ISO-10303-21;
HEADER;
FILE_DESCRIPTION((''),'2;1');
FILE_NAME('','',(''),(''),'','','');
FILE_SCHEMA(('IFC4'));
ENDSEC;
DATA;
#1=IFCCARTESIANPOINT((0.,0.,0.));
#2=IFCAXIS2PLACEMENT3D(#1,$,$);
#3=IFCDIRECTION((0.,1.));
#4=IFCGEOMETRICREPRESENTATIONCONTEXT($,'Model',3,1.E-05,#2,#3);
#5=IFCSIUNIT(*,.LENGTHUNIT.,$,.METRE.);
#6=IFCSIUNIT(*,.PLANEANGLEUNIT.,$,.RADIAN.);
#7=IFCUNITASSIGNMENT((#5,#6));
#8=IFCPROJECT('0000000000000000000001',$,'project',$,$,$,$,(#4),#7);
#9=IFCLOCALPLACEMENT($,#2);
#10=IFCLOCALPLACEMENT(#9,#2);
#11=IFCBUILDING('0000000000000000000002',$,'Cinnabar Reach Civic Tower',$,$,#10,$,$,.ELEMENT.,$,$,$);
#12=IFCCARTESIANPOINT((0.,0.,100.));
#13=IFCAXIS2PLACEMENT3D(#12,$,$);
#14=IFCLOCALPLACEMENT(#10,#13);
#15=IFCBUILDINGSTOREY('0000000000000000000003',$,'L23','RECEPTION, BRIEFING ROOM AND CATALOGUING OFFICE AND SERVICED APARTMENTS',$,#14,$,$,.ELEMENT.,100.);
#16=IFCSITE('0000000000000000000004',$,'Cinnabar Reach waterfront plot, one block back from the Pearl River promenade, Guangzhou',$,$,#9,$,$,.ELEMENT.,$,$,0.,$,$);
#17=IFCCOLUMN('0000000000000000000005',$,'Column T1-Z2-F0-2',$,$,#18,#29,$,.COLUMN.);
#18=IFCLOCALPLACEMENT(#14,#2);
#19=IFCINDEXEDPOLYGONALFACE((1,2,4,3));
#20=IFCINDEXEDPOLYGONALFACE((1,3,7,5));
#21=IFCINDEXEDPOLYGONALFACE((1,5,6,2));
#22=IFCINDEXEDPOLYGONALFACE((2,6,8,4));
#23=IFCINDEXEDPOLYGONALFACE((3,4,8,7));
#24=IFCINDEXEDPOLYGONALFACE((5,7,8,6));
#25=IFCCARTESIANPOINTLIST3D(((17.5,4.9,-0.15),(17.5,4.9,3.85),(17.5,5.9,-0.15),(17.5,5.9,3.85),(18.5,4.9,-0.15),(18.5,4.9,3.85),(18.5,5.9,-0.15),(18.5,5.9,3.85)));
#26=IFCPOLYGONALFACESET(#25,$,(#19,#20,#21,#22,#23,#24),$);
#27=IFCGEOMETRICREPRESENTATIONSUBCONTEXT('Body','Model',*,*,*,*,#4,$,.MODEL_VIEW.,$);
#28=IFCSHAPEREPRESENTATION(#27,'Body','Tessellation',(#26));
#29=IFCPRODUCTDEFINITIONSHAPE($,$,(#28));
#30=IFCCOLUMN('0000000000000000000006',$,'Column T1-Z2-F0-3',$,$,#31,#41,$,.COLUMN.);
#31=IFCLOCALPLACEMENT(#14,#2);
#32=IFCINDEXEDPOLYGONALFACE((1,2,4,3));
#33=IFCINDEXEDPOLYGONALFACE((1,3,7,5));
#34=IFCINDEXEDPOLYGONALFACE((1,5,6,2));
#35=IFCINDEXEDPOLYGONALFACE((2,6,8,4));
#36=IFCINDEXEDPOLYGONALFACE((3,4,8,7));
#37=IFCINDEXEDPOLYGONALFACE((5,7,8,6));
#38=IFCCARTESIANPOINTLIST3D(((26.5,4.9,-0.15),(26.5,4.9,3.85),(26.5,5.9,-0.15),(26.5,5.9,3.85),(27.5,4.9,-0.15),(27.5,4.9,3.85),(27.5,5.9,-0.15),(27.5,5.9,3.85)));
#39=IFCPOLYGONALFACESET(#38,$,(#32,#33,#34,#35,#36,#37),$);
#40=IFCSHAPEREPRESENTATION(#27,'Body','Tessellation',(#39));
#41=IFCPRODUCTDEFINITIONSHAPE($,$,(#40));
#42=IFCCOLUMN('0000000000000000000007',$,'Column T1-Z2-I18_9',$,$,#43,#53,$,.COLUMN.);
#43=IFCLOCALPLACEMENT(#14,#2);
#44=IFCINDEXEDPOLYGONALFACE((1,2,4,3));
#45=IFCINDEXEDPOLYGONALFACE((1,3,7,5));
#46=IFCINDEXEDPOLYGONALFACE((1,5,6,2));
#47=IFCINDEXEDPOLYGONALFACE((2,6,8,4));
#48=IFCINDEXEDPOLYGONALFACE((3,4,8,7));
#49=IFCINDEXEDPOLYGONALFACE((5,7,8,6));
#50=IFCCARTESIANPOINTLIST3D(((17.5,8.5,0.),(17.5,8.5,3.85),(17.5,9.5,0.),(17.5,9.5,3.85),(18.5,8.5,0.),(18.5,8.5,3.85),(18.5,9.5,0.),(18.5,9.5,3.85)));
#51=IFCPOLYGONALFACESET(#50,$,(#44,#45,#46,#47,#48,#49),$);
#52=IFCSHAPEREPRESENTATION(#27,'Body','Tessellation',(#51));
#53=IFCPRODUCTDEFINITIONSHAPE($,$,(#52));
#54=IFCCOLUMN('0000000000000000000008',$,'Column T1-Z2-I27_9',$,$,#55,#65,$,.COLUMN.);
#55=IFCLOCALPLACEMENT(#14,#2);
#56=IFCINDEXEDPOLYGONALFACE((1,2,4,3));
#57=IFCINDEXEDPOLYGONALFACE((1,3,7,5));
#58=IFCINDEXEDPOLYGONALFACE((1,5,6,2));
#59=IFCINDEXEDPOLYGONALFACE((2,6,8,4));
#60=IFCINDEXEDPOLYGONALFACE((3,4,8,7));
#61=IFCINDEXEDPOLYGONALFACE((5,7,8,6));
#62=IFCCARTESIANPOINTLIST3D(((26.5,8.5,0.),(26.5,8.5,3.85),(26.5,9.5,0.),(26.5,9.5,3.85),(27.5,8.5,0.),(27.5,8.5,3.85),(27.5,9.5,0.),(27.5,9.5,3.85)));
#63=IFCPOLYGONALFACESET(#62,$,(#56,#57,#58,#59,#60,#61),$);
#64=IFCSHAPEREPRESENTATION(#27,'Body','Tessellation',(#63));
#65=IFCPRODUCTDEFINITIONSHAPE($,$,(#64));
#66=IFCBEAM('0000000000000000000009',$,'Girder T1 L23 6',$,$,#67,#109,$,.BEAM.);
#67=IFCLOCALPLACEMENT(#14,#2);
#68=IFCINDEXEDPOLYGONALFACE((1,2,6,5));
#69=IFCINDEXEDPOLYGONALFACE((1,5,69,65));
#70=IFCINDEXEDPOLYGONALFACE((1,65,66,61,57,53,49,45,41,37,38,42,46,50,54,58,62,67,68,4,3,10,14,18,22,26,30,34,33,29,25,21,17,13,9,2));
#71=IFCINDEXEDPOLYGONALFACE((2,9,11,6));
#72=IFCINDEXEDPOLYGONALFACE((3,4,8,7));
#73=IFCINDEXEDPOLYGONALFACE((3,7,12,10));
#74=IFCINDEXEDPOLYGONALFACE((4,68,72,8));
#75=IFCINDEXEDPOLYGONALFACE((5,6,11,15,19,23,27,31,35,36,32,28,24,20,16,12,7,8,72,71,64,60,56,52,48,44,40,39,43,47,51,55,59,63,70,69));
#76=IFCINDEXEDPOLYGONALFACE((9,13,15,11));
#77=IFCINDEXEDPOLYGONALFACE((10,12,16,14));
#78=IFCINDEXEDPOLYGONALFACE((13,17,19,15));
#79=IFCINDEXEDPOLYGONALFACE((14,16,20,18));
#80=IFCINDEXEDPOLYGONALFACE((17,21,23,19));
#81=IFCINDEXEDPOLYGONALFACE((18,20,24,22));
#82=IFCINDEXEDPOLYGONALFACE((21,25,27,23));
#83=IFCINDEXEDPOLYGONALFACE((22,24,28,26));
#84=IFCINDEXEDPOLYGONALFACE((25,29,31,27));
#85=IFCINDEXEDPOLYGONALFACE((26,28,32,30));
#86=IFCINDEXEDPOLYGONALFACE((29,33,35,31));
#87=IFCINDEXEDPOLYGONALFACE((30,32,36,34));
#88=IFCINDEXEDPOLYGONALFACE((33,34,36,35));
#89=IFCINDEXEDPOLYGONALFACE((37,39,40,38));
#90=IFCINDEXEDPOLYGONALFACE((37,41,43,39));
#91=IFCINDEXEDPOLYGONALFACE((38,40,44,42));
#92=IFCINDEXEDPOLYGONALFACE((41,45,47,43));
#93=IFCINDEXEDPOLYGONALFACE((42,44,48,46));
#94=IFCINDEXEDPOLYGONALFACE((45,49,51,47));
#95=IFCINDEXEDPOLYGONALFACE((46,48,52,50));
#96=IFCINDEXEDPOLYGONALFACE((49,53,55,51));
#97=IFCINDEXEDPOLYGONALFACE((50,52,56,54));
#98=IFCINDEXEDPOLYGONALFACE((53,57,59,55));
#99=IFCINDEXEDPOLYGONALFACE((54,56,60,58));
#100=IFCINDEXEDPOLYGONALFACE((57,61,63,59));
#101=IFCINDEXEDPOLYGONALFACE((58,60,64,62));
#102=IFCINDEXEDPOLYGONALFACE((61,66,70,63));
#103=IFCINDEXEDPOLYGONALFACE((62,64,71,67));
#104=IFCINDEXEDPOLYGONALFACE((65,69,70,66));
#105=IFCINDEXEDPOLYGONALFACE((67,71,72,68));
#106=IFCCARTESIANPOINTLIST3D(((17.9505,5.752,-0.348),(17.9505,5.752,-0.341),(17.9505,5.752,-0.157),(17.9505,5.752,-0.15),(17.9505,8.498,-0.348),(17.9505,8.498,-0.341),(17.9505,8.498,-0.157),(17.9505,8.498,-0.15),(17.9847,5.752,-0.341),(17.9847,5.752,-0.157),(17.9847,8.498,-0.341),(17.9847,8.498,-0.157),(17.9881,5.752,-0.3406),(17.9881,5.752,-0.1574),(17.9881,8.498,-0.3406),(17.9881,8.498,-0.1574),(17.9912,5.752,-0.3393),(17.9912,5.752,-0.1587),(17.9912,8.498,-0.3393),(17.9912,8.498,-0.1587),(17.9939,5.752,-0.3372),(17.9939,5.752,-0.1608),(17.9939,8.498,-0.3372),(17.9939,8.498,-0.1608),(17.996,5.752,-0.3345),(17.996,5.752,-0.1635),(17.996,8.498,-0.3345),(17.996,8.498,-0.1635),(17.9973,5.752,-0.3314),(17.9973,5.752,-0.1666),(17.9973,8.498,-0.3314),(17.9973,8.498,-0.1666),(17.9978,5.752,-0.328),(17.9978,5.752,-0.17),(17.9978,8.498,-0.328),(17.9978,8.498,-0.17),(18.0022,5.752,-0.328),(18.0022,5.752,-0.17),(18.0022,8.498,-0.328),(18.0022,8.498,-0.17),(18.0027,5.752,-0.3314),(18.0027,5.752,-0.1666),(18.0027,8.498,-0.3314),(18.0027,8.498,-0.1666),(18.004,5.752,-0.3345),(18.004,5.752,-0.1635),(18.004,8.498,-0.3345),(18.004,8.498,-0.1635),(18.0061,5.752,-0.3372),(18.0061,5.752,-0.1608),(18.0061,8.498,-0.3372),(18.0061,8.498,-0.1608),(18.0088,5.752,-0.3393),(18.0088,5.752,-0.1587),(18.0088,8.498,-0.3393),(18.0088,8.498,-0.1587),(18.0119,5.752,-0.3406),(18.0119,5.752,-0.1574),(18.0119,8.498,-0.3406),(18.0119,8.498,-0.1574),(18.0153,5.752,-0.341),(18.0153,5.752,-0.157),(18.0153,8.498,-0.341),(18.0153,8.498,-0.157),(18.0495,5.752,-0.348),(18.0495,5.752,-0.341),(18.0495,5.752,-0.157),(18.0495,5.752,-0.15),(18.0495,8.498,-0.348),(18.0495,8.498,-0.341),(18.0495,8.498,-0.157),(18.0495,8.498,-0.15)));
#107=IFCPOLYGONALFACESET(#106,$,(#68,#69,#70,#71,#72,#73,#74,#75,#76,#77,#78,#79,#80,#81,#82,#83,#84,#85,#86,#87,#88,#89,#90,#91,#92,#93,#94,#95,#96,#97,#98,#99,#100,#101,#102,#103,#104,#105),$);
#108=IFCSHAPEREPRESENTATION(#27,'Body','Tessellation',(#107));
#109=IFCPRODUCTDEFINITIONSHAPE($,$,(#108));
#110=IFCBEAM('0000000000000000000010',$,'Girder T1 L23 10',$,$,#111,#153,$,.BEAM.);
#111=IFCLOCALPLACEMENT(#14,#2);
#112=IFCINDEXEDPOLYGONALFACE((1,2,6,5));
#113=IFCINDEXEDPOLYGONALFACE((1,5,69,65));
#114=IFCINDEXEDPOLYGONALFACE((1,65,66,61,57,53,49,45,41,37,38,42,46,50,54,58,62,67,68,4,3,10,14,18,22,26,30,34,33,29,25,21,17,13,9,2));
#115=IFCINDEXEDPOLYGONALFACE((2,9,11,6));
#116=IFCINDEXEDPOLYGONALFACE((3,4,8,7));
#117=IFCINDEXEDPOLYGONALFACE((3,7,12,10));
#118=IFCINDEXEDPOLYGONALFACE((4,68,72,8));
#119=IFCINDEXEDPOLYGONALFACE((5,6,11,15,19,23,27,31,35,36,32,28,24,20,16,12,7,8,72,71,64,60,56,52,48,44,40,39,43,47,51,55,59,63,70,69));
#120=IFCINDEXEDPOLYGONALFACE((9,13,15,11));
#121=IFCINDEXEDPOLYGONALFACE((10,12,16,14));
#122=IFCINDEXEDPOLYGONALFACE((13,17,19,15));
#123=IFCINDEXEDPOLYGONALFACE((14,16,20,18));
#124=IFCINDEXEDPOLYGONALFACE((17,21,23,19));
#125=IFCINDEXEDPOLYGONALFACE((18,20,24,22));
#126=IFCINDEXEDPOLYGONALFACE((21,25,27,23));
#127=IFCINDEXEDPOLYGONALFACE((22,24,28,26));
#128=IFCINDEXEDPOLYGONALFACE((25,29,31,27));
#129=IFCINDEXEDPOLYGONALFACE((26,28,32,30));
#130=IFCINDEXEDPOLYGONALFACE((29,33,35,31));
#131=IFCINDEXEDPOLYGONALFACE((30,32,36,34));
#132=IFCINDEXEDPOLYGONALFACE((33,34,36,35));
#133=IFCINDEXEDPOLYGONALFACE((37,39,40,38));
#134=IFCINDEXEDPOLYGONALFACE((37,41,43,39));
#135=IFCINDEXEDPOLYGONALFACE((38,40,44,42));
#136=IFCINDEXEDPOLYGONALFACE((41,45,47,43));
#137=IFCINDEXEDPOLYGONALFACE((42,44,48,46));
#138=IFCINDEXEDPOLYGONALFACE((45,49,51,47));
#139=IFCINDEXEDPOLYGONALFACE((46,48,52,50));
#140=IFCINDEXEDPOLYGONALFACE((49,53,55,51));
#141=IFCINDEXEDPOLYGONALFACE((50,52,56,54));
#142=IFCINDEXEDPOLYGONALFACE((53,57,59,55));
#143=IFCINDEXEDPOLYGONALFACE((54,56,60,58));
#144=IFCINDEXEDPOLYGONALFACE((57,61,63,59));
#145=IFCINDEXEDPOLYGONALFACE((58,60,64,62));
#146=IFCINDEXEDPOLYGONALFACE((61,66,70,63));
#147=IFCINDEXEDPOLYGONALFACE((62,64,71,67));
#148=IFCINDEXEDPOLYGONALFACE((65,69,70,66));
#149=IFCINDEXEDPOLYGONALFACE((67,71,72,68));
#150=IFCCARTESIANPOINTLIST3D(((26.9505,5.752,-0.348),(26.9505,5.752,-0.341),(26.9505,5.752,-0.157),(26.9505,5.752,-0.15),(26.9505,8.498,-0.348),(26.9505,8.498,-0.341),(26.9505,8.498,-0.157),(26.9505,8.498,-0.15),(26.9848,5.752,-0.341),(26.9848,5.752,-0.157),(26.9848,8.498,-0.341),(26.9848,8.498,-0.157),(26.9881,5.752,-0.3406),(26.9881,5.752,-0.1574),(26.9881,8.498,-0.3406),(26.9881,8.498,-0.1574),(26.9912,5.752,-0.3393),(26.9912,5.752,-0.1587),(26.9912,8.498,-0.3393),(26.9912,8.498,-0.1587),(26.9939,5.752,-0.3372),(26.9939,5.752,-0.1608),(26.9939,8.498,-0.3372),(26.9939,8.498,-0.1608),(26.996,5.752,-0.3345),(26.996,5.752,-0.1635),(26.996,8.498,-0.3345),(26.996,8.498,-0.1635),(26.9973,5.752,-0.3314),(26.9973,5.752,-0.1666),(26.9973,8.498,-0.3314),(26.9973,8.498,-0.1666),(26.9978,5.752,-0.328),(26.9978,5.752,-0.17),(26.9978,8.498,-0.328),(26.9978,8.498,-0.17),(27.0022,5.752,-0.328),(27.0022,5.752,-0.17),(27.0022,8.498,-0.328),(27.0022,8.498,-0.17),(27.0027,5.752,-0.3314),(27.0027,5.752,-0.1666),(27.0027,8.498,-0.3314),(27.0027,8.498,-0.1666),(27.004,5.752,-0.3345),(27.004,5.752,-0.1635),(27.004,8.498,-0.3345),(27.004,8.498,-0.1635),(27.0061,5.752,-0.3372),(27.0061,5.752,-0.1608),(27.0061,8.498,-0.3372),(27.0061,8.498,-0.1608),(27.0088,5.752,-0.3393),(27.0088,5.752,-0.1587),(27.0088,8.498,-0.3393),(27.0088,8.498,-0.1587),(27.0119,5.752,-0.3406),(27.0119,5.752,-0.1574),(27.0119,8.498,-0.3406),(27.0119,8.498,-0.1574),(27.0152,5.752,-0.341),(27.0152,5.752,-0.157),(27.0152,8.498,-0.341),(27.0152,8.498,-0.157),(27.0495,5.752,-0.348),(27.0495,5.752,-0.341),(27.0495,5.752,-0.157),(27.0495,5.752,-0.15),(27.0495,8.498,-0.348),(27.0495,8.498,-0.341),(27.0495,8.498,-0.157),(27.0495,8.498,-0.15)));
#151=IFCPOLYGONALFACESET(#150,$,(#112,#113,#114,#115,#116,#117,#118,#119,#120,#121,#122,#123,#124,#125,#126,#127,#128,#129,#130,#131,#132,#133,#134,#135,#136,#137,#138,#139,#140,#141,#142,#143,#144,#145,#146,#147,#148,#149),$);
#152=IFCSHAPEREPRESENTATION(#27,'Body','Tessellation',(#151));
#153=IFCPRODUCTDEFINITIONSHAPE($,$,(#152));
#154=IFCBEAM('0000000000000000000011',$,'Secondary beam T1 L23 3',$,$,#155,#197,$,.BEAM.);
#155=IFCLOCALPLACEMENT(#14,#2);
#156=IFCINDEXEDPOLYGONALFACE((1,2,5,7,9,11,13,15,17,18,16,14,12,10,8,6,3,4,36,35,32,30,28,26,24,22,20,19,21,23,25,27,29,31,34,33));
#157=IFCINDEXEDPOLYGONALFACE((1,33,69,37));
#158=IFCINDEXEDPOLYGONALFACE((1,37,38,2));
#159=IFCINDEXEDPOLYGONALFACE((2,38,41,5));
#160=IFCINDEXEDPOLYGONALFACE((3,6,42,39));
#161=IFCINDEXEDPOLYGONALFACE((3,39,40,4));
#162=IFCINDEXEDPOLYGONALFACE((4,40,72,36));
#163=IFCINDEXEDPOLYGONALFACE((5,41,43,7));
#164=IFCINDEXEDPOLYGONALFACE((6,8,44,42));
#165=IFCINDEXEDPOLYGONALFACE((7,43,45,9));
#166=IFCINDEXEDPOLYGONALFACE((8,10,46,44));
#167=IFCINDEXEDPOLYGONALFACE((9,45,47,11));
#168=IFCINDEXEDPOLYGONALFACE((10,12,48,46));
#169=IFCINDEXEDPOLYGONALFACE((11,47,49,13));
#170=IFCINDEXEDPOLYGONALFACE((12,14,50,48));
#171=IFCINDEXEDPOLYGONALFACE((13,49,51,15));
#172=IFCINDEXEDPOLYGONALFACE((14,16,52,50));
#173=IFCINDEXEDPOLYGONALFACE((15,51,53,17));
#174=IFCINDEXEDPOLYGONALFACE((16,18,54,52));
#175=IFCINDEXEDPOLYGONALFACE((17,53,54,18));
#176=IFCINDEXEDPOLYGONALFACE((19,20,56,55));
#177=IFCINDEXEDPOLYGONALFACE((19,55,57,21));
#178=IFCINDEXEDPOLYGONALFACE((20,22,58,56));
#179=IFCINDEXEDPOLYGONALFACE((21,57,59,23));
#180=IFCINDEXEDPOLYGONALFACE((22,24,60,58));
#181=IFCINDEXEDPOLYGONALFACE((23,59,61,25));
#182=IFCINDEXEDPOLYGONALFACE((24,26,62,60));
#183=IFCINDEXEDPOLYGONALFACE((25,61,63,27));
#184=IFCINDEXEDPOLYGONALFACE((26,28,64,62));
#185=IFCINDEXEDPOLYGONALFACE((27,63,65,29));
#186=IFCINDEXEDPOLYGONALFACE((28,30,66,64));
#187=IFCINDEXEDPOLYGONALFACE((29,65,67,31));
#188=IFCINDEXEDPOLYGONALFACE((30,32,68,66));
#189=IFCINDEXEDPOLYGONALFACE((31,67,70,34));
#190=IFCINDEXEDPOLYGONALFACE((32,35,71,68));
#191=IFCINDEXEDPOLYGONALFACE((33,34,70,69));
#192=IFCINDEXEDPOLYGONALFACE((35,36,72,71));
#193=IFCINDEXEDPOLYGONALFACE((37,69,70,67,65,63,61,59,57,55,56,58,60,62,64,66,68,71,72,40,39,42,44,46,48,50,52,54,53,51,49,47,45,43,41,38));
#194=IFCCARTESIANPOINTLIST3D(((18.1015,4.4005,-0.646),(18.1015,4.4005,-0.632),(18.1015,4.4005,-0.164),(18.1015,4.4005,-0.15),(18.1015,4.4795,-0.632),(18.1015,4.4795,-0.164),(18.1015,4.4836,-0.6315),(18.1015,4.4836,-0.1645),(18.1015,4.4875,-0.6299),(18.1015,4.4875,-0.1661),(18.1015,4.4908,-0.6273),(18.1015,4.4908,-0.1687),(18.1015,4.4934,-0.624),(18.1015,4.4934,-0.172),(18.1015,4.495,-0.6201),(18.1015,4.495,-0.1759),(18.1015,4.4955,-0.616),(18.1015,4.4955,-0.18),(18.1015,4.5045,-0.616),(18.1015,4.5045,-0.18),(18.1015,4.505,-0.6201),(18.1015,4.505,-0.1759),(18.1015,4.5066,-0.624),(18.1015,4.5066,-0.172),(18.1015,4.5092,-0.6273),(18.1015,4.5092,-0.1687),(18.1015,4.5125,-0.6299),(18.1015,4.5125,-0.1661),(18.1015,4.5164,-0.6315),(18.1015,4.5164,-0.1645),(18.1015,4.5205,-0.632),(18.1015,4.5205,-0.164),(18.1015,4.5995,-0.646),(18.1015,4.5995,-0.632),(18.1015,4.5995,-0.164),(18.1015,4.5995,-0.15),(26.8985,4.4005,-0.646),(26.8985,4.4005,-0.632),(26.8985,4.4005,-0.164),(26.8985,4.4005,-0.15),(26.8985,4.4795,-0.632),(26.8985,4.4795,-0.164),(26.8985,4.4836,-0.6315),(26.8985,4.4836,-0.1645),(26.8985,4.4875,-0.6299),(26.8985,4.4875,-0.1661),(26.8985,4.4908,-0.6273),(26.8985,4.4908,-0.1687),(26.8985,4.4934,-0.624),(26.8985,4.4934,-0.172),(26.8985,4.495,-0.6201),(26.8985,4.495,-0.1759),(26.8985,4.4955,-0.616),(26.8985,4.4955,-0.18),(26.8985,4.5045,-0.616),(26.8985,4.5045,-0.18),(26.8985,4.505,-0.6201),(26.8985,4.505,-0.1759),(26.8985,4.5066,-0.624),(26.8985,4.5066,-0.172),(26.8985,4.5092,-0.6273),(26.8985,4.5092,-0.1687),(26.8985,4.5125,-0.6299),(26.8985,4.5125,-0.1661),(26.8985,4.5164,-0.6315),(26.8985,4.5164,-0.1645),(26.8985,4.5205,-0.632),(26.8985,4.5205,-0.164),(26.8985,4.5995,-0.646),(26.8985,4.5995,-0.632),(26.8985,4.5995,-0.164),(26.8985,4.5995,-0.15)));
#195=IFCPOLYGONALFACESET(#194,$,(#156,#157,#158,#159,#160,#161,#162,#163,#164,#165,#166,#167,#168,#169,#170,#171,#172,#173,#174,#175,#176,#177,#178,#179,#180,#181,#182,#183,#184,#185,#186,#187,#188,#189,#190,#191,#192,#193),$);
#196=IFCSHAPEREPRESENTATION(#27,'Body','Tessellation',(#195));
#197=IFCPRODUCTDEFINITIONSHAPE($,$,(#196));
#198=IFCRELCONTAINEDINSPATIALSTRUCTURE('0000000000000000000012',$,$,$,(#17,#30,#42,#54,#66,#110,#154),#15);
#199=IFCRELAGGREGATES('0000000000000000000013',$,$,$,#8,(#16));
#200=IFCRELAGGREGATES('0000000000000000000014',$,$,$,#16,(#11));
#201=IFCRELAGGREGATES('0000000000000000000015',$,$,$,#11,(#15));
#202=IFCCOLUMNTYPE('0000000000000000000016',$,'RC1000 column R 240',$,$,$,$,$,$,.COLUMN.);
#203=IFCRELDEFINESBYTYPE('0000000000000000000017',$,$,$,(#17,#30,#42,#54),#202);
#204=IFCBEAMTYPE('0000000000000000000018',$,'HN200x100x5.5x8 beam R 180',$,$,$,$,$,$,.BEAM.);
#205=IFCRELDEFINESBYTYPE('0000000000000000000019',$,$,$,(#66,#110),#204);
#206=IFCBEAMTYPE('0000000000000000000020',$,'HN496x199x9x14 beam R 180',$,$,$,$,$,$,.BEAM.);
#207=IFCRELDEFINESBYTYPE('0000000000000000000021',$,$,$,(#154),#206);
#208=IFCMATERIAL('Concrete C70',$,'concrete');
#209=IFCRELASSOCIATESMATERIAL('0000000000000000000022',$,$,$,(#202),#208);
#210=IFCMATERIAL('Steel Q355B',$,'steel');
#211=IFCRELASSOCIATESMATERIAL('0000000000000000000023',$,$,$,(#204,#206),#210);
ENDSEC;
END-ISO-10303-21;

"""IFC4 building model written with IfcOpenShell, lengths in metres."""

from ifc_helpers import new_model, si_unit, direction, frame, origin, origin_2d, place, context, subcontext, project, spatial, rectangle, i_section, extrude, material, material_profile, profile_set, type_object, element, save


model = new_model("IFC4")

# Units and contexts
model_context = context("Model", 3, precision=1e-05, world=origin(), true_north=direction((0.0, 1.0)))
body_context = subcontext(model_context, "Body", "Model", "MODEL_VIEW")
ifc_project = project(units=[si_unit("LENGTHUNIT", "METRE"), si_unit("PLANEANGLEUNIT", "RADIAN")], contexts=[model_context])

# Site, building, storey
site_placement = place(None, origin())
site = spatial("IfcSite", under=ifc_project, at=site_placement, Name="Cinnabar Reach waterfront plot, one block back from the Pearl River promenade, Guangzhou", CompositionType="ELEMENT", RefElevation=0.0)
building_placement = place(site_placement, origin())
building = spatial("IfcBuilding", under=site, at=building_placement, Name="Cinnabar Reach Civic Tower", CompositionType="ELEMENT")
storey_placement = place(building_placement, frame((0.0, 0.0, 100.0)))
storey = spatial("IfcBuildingStorey", under=building, at=storey_placement, Name="L23", Description="RECEPTION, BRIEFING ROOM AND CATALOGUING OFFICE AND SERVICED APARTMENTS", CompositionType="ELEMENT", Elevation=100.0)

# Columns
ifc_material_1 = material(Name="Concrete C70", Category="concrete")
ifc_material_profile_1 = material_profile(ifc_material_1, rectangle(XDim=1.0, YDim=1.0, at=origin_2d()), Name="RC1000")
ifc_profile_set_1 = profile_set([ifc_material_profile_1], Name="Concrete C70")
column_type = type_object("IfcColumnType", Name="RC1000 column R 240", PredefinedType="COLUMN", material=ifc_profile_set_1)
for number, where, z_axis, x_axis, name in (
    (1, (18.0, 5.4, -0.15), (0.0, 0.0, 1.0), (1.0, 0.0, 0.0), "Column T1-Z2-F0-2"),
    (2, (27.0, 5.4, -0.15), (0.0, 0.0, 1.0), (1.0, 0.0, 0.0), "Column T1-Z2-F0-3"),
):
    element("IfcColumn", number, at=place(storey_placement, frame(where, z_axis=z_axis, x_axis=x_axis)), inside=storey, type_object=column_type, Name=name, PredefinedType="COLUMN", context=body_context, shape_type="SweptSolid", body=[
        extrude(rectangle(XDim=1.0, YDim=1.0, at=origin_2d()), origin(), (0.0, 0.0, 1.0), 4.0),
    ])
for number, where, z_axis, x_axis, name in (
    (3, (18.0, 9.0, 0.0), (0.0, 0.0, 1.0), (1.0, 0.0, 0.0), "Column T1-Z2-I18_9"),
    (4, (27.0, 9.0, 0.0), (0.0, 0.0, 1.0), (1.0, 0.0, 0.0), "Column T1-Z2-I27_9"),
):
    element("IfcColumn", number, at=place(storey_placement, frame(where, z_axis=z_axis, x_axis=x_axis)), inside=storey, type_object=column_type, Name=name, PredefinedType="COLUMN", context=body_context, shape_type="SweptSolid", body=[
        extrude(rectangle(XDim=1.0, YDim=1.0, at=origin_2d()), origin(), (0.0, 0.0, 1.0), 3.85),
    ])

# Beams
ifc_material_2 = material(Name="Steel Q355B", Category="steel")
ifc_material_profile_2 = material_profile(ifc_material_2, i_section(OverallWidth=0.099, OverallDepth=0.198, WebThickness=0.0045, FlangeThickness=0.007, FilletRadius=0.013, at=origin_2d()), Name="HN200x100x5.5x8")
ifc_profile_set_2 = profile_set([ifc_material_profile_2], Name="Steel Q355B")
beam_type_1 = type_object("IfcBeamType", Name="HN200x100x5.5x8 beam R 180", PredefinedType="BEAM", material=ifc_profile_set_2)
for number, where, z_axis, x_axis, name in (
    (5, (18.0, 5.752, -0.249), (0.0, 1.0, 0.0), (-1.0, 0.0, 0.0), "Girder T1 L23 6"),
    (6, (27.0, 5.752, -0.249), (0.0, 1.0, 0.0), (-1.0, 0.0, 0.0), "Girder T1 L23 10"),
):
    element("IfcBeam", number, at=place(storey_placement, frame(where, z_axis=z_axis, x_axis=x_axis)), inside=storey, type_object=beam_type_1, Name=name, PredefinedType="BEAM", context=body_context, shape_type="SweptSolid", body=[
        extrude(i_section(OverallWidth=0.099, OverallDepth=0.198, WebThickness=0.0045, FlangeThickness=0.007, FilletRadius=0.013, at=origin_2d()), origin(), (0.0, 0.0, 1.0), 2.746),
    ])
ifc_material_profile_3 = material_profile(ifc_material_2, i_section(OverallWidth=0.199, OverallDepth=0.496, WebThickness=0.009, FlangeThickness=0.014, FilletRadius=0.016, at=origin_2d()), Name="HN496x199x9x14")
ifc_profile_set_3 = profile_set([ifc_material_profile_3], Name="Steel Q355B")
beam_type_2 = type_object("IfcBeamType", Name="HN496x199x9x14 beam R 180", PredefinedType="BEAM", material=ifc_profile_set_3)
beam_placement = place(storey_placement, frame((18.1015, 4.5, -0.398), z_axis=(1.0, 0.0, 0.0), x_axis=(0.0, 1.0, 0.0)))
element("IfcBeam", 7, at=beam_placement, inside=storey, type_object=beam_type_2, Name="Secondary beam T1 L23 3", PredefinedType="BEAM", context=body_context, shape_type="SweptSolid", body=[
    extrude(i_section(OverallWidth=0.199, OverallDepth=0.496, WebThickness=0.009, FlangeThickness=0.014, FilletRadius=0.016, at=origin_2d()), origin(), (0.0, 0.0, 1.0), 8.797),
])

save(model, "model.ifc")
